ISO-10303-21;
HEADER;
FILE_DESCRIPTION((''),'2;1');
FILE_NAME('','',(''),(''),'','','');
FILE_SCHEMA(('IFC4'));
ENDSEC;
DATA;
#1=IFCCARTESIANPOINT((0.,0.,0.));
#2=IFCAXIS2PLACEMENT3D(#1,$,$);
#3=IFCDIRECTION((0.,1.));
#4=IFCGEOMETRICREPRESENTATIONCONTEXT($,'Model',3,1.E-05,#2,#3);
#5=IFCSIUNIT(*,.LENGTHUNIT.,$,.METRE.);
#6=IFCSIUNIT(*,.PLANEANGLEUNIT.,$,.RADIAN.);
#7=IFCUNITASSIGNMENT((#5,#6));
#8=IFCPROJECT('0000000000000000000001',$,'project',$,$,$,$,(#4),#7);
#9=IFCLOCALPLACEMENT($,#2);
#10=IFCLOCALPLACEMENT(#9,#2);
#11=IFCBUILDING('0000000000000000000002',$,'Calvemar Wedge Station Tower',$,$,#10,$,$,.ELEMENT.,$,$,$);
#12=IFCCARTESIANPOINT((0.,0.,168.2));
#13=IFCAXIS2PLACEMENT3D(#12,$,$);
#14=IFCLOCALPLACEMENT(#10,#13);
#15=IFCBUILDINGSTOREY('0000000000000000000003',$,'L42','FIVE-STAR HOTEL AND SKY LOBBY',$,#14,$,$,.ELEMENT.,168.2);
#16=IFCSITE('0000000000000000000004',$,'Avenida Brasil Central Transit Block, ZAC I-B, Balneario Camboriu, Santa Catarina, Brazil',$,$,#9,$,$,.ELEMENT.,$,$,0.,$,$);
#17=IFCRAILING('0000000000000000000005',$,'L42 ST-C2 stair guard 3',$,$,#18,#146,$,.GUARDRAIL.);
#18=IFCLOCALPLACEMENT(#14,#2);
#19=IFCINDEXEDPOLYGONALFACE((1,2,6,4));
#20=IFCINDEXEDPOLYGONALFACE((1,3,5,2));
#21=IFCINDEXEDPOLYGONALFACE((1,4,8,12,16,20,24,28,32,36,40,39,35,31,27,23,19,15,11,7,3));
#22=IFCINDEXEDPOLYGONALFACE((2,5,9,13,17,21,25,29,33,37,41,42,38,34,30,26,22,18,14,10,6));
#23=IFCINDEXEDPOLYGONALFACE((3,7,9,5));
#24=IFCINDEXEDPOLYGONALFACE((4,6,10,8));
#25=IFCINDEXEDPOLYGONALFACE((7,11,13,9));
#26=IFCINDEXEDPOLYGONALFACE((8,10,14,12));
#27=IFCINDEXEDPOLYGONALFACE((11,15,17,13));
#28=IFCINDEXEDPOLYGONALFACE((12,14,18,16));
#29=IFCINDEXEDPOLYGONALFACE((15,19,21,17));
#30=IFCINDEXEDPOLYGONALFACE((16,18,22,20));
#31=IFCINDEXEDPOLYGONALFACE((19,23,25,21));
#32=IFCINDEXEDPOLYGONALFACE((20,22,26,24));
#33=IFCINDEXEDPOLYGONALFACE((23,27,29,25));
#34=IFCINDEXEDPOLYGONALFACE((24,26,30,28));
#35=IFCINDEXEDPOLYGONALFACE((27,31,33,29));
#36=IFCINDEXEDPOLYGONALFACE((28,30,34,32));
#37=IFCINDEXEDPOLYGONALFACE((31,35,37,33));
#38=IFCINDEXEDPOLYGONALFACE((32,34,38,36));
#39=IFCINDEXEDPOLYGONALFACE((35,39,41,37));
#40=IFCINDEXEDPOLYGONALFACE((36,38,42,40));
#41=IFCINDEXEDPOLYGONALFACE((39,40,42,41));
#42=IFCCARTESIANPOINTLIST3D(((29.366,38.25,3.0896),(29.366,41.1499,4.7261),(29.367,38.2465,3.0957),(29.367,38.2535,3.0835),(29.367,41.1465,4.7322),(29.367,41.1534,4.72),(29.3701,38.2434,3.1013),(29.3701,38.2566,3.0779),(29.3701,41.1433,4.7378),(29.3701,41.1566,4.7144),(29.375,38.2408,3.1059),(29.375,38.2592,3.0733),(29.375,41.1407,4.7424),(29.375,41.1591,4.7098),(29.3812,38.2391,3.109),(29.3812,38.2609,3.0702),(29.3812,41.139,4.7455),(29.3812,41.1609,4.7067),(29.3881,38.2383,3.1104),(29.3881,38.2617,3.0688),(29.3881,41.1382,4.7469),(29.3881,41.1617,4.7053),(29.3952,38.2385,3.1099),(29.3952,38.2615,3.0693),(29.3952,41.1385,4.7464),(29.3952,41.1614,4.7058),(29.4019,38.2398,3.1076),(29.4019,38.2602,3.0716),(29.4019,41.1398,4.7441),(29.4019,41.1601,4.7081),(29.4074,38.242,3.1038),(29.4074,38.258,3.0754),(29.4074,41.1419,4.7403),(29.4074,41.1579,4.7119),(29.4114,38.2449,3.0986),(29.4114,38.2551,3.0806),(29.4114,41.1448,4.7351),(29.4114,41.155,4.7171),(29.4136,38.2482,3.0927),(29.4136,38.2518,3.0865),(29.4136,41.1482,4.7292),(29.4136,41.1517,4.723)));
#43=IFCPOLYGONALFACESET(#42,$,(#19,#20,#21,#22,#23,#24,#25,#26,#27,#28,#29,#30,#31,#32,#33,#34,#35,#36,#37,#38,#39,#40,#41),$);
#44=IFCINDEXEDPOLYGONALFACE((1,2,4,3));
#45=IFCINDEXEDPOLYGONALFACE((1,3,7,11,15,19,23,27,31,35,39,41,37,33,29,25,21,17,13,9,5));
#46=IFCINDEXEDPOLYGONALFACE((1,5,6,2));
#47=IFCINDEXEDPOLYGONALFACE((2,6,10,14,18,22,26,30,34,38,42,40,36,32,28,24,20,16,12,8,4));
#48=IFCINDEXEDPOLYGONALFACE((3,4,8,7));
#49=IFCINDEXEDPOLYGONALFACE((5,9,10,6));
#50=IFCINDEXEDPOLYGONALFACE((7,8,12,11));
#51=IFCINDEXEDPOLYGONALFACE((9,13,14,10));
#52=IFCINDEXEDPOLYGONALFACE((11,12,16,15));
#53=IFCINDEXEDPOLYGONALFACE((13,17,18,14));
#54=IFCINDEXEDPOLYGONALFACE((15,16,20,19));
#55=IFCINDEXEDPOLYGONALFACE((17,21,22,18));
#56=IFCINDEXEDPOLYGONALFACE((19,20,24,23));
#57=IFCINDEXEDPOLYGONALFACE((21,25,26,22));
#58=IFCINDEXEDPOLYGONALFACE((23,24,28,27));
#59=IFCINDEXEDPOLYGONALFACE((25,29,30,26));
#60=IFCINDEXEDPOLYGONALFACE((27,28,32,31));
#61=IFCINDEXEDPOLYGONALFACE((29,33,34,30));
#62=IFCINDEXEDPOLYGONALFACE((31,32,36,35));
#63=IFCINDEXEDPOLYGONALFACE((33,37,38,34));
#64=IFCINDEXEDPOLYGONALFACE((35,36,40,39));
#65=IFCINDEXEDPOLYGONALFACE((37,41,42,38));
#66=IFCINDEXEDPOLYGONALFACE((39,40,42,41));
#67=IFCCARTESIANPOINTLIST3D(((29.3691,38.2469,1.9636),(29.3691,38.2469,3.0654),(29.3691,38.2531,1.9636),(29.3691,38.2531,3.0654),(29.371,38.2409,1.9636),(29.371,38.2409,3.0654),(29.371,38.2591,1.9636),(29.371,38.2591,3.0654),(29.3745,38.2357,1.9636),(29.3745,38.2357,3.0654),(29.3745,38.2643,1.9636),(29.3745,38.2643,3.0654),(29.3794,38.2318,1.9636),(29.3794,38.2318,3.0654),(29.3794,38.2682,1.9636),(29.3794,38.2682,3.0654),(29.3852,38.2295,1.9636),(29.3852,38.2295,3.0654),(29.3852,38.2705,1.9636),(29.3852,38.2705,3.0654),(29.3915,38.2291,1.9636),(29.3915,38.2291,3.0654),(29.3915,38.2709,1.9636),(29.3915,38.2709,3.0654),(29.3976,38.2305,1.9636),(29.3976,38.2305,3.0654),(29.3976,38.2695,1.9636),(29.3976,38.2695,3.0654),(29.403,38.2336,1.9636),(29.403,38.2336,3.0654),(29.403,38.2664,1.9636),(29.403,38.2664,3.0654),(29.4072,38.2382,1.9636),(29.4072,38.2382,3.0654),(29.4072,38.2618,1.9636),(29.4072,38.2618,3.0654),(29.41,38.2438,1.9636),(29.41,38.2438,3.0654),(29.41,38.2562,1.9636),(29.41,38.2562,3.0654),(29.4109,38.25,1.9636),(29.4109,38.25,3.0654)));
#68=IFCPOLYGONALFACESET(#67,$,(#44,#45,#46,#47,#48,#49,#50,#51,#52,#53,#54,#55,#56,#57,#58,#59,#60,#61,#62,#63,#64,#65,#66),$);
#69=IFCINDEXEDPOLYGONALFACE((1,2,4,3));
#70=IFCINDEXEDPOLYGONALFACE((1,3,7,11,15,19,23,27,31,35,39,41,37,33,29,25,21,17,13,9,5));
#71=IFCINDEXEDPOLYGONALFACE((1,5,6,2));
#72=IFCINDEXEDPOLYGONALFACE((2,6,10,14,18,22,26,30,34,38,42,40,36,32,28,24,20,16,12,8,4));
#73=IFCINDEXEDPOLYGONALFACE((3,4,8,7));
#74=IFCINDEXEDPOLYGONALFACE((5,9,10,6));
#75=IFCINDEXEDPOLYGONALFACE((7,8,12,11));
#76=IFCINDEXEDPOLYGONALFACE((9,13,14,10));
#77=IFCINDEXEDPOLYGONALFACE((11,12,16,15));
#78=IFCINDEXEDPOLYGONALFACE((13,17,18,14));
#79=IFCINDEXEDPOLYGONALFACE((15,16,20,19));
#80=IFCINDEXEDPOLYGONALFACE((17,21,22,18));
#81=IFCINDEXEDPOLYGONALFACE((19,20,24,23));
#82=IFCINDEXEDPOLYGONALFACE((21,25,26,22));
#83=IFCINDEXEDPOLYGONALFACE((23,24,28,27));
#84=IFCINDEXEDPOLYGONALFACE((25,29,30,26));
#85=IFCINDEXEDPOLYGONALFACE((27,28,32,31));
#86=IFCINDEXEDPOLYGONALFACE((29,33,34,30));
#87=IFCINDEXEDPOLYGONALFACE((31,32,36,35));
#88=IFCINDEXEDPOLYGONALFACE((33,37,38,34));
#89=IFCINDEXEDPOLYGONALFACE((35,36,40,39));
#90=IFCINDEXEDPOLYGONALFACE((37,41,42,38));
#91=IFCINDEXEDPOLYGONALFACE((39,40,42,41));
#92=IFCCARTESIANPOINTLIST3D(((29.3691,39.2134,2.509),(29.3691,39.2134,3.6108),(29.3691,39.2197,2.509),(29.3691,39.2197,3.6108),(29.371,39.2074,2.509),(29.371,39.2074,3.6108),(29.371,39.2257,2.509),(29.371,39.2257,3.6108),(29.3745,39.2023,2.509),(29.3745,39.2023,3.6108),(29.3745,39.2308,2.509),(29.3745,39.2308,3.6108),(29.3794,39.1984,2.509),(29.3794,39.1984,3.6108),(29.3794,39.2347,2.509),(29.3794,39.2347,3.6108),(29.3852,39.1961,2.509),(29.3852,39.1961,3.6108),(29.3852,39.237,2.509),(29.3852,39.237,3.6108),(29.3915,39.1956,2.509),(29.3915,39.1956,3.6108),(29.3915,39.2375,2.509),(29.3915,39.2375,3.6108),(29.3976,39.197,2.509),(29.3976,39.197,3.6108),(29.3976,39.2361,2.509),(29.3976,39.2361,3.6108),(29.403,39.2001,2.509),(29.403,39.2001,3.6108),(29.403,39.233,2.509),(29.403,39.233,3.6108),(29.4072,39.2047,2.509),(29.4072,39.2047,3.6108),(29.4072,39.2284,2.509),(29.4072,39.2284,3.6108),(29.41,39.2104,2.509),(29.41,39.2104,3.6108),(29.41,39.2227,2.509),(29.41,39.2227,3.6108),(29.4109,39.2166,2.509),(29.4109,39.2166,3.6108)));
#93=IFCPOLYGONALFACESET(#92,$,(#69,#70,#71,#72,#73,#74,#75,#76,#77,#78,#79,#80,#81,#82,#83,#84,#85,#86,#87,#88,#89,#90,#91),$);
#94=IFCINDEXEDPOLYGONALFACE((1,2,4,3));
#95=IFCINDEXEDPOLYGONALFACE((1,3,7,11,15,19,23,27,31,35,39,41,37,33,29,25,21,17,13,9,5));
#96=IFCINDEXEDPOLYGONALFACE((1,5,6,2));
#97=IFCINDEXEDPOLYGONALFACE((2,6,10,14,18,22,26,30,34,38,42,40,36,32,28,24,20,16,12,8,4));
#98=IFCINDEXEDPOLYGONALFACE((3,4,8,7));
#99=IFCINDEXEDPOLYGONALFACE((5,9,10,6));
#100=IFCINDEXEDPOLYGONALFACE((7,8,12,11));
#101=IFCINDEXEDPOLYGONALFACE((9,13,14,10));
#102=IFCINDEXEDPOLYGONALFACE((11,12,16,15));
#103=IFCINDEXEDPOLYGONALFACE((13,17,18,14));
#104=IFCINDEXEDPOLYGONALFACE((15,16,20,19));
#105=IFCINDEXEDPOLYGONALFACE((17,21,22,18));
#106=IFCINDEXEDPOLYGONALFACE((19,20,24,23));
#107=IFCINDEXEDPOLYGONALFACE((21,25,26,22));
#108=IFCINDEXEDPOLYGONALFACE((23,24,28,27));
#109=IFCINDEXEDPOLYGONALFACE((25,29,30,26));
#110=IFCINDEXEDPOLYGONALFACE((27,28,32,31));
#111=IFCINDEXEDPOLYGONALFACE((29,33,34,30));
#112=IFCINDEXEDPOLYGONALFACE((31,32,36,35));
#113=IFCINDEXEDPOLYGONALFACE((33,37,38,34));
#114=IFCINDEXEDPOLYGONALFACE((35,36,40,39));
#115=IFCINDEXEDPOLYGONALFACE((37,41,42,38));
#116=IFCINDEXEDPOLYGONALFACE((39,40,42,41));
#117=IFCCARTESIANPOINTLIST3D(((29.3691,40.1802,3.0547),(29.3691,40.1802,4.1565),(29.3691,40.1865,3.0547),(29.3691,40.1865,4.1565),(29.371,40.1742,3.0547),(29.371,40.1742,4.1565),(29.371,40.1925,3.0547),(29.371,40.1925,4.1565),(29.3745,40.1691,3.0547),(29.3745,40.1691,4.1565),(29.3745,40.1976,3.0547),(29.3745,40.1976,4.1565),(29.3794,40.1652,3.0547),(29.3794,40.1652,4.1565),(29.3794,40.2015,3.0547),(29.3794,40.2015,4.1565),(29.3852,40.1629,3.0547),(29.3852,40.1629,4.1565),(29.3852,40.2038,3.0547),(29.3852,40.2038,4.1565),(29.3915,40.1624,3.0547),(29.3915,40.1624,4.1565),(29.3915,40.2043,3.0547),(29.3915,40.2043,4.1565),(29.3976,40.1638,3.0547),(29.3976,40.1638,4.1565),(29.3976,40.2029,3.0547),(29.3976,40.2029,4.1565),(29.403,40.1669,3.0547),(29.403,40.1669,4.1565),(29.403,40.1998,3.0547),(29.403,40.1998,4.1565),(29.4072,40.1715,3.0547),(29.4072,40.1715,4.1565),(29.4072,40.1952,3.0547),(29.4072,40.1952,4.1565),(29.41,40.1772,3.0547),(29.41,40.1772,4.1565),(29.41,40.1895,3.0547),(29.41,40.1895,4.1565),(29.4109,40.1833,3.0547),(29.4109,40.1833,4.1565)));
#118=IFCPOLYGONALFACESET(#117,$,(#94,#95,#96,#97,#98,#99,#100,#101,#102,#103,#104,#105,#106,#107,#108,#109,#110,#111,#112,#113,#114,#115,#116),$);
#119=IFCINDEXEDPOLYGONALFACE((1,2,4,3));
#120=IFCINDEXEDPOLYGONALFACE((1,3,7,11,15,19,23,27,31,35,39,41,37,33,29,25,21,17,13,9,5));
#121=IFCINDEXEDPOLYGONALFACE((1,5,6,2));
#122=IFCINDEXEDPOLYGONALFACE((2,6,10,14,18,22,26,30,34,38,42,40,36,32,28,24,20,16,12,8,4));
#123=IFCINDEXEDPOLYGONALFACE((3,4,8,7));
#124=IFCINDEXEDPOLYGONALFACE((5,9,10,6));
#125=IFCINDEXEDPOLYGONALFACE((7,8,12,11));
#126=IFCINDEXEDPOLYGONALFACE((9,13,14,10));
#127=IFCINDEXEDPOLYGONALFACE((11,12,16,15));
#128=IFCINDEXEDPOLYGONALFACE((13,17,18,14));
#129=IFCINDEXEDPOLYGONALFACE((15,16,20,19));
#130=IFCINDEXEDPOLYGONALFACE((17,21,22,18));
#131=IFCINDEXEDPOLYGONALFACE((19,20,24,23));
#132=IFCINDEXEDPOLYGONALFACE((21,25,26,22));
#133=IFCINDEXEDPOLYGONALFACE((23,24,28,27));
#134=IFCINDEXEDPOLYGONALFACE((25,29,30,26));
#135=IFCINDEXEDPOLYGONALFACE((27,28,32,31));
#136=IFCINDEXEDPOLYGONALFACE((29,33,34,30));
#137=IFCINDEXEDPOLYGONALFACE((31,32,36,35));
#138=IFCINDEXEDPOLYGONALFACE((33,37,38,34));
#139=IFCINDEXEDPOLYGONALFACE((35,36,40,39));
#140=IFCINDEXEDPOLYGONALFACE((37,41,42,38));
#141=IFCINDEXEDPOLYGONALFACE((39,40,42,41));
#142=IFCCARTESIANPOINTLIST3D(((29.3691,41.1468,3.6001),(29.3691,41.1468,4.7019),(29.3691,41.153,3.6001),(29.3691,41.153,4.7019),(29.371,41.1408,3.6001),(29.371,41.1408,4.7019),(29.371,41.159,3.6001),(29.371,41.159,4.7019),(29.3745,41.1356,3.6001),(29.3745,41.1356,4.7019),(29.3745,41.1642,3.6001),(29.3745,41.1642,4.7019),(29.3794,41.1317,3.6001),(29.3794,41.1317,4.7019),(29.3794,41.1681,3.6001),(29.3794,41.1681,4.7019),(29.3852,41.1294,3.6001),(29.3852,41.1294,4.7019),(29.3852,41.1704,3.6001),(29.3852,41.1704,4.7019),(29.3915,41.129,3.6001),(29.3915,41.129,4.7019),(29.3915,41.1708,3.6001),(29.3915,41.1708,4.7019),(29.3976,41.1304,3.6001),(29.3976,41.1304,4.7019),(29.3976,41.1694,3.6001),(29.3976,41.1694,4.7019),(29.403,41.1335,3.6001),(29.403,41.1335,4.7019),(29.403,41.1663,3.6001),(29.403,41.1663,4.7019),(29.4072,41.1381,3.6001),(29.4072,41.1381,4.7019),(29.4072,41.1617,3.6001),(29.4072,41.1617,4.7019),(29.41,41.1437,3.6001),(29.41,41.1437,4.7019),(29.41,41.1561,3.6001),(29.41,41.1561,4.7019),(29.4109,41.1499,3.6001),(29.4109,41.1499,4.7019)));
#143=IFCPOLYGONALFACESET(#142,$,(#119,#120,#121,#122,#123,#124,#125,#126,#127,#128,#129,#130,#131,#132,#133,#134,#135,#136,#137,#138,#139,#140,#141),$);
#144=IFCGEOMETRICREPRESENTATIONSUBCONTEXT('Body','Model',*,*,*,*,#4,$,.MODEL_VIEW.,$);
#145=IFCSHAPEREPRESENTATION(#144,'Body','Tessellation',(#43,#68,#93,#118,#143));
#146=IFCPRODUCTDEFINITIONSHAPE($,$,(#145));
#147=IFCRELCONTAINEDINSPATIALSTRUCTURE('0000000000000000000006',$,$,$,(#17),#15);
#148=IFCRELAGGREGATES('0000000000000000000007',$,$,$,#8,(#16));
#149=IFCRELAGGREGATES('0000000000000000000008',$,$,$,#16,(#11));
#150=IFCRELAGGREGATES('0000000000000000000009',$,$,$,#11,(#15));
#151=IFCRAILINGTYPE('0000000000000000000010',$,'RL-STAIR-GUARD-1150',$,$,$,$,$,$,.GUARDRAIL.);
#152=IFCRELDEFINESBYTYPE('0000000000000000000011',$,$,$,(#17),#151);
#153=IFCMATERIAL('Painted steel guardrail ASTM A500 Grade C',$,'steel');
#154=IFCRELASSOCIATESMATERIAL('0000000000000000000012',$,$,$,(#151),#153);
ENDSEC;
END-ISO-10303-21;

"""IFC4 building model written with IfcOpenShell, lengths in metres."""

from ifc_helpers import new_model, si_unit, direction, frame, origin, origin_2d, place, context, subcontext, project, spatial, circle, extrude, material, type_object, element, save


model = new_model("IFC4")

# Units and contexts
model_context = context("Model", 3, precision=1e-05, world=origin(), true_north=direction((0.0, 1.0)))
body_context = subcontext(model_context, "Body", "Model", "MODEL_VIEW")
ifc_project = project(units=[si_unit("LENGTHUNIT", "METRE"), si_unit("PLANEANGLEUNIT", "RADIAN")], contexts=[model_context])

# Site, building, storey
site_placement = place(None, origin())
site = spatial("IfcSite", under=ifc_project, at=site_placement, Name="Avenida Brasil Central Transit Block, ZAC I-B, Balneario Camboriu, Santa Catarina, Brazil", CompositionType="ELEMENT", RefElevation=0.0)
building_placement = place(site_placement, origin())
building = spatial("IfcBuilding", under=site, at=building_placement, Name="Calvemar Wedge Station Tower", CompositionType="ELEMENT")
storey_placement = place(building_placement, frame((0.0, 0.0, 168.2)))
storey = spatial("IfcBuildingStorey", under=building, at=storey_placement, Name="L42", Description="FIVE-STAR HOTEL AND SKY LOBBY", CompositionType="ELEMENT", Elevation=168.2)

# Railing
ifc_material_1 = material(Name="Painted steel guardrail ASTM A500 Grade C", Category="steel")
railing_type_1 = type_object("IfcRailingType", Name="RL-STAIR-GUARD-1150", PredefinedType="GUARDRAIL", material=ifc_material_1)
railing_1_placement = place(storey_placement, frame((29.3899, 38.25, 1.9636)))
element("IfcRailing", 1, at=railing_1_placement, inside=storey, type_object=railing_type_1, Name="L42 ST-C2 stair guard 3", PredefinedType="GUARDRAIL", context=body_context, shape_type="SweptSolid", body=[
    extrude(circle(Radius=0.0239, at=origin_2d()), frame((0.0, 0.0, 1.126), z_axis=(0.0, 0.870897, 0.491465), x_axis=(-1.0, 0.0, 0.0)), (0.0, 0.0, 1.0), 3.3298),
    extrude(circle(Radius=0.021, at=origin_2d()), origin(), (0.0, 0.0, 1.0), 1.1018),
    extrude(circle(Radius=0.021, at=origin_2d()), frame((0.0, 0.9666, 0.5454)), (0.0, 0.0, 1.0), 1.1018),
    extrude(circle(Radius=0.021, at=origin_2d()), frame((0.0, 1.9333, 1.0911)), (0.0, 0.0, 1.0), 1.1018),
    extrude(circle(Radius=0.021, at=origin_2d()), frame((0.0, 2.8999, 1.6365)), (0.0, 0.0, 1.0), 1.1018),
])

save(model, "model.ifc")
